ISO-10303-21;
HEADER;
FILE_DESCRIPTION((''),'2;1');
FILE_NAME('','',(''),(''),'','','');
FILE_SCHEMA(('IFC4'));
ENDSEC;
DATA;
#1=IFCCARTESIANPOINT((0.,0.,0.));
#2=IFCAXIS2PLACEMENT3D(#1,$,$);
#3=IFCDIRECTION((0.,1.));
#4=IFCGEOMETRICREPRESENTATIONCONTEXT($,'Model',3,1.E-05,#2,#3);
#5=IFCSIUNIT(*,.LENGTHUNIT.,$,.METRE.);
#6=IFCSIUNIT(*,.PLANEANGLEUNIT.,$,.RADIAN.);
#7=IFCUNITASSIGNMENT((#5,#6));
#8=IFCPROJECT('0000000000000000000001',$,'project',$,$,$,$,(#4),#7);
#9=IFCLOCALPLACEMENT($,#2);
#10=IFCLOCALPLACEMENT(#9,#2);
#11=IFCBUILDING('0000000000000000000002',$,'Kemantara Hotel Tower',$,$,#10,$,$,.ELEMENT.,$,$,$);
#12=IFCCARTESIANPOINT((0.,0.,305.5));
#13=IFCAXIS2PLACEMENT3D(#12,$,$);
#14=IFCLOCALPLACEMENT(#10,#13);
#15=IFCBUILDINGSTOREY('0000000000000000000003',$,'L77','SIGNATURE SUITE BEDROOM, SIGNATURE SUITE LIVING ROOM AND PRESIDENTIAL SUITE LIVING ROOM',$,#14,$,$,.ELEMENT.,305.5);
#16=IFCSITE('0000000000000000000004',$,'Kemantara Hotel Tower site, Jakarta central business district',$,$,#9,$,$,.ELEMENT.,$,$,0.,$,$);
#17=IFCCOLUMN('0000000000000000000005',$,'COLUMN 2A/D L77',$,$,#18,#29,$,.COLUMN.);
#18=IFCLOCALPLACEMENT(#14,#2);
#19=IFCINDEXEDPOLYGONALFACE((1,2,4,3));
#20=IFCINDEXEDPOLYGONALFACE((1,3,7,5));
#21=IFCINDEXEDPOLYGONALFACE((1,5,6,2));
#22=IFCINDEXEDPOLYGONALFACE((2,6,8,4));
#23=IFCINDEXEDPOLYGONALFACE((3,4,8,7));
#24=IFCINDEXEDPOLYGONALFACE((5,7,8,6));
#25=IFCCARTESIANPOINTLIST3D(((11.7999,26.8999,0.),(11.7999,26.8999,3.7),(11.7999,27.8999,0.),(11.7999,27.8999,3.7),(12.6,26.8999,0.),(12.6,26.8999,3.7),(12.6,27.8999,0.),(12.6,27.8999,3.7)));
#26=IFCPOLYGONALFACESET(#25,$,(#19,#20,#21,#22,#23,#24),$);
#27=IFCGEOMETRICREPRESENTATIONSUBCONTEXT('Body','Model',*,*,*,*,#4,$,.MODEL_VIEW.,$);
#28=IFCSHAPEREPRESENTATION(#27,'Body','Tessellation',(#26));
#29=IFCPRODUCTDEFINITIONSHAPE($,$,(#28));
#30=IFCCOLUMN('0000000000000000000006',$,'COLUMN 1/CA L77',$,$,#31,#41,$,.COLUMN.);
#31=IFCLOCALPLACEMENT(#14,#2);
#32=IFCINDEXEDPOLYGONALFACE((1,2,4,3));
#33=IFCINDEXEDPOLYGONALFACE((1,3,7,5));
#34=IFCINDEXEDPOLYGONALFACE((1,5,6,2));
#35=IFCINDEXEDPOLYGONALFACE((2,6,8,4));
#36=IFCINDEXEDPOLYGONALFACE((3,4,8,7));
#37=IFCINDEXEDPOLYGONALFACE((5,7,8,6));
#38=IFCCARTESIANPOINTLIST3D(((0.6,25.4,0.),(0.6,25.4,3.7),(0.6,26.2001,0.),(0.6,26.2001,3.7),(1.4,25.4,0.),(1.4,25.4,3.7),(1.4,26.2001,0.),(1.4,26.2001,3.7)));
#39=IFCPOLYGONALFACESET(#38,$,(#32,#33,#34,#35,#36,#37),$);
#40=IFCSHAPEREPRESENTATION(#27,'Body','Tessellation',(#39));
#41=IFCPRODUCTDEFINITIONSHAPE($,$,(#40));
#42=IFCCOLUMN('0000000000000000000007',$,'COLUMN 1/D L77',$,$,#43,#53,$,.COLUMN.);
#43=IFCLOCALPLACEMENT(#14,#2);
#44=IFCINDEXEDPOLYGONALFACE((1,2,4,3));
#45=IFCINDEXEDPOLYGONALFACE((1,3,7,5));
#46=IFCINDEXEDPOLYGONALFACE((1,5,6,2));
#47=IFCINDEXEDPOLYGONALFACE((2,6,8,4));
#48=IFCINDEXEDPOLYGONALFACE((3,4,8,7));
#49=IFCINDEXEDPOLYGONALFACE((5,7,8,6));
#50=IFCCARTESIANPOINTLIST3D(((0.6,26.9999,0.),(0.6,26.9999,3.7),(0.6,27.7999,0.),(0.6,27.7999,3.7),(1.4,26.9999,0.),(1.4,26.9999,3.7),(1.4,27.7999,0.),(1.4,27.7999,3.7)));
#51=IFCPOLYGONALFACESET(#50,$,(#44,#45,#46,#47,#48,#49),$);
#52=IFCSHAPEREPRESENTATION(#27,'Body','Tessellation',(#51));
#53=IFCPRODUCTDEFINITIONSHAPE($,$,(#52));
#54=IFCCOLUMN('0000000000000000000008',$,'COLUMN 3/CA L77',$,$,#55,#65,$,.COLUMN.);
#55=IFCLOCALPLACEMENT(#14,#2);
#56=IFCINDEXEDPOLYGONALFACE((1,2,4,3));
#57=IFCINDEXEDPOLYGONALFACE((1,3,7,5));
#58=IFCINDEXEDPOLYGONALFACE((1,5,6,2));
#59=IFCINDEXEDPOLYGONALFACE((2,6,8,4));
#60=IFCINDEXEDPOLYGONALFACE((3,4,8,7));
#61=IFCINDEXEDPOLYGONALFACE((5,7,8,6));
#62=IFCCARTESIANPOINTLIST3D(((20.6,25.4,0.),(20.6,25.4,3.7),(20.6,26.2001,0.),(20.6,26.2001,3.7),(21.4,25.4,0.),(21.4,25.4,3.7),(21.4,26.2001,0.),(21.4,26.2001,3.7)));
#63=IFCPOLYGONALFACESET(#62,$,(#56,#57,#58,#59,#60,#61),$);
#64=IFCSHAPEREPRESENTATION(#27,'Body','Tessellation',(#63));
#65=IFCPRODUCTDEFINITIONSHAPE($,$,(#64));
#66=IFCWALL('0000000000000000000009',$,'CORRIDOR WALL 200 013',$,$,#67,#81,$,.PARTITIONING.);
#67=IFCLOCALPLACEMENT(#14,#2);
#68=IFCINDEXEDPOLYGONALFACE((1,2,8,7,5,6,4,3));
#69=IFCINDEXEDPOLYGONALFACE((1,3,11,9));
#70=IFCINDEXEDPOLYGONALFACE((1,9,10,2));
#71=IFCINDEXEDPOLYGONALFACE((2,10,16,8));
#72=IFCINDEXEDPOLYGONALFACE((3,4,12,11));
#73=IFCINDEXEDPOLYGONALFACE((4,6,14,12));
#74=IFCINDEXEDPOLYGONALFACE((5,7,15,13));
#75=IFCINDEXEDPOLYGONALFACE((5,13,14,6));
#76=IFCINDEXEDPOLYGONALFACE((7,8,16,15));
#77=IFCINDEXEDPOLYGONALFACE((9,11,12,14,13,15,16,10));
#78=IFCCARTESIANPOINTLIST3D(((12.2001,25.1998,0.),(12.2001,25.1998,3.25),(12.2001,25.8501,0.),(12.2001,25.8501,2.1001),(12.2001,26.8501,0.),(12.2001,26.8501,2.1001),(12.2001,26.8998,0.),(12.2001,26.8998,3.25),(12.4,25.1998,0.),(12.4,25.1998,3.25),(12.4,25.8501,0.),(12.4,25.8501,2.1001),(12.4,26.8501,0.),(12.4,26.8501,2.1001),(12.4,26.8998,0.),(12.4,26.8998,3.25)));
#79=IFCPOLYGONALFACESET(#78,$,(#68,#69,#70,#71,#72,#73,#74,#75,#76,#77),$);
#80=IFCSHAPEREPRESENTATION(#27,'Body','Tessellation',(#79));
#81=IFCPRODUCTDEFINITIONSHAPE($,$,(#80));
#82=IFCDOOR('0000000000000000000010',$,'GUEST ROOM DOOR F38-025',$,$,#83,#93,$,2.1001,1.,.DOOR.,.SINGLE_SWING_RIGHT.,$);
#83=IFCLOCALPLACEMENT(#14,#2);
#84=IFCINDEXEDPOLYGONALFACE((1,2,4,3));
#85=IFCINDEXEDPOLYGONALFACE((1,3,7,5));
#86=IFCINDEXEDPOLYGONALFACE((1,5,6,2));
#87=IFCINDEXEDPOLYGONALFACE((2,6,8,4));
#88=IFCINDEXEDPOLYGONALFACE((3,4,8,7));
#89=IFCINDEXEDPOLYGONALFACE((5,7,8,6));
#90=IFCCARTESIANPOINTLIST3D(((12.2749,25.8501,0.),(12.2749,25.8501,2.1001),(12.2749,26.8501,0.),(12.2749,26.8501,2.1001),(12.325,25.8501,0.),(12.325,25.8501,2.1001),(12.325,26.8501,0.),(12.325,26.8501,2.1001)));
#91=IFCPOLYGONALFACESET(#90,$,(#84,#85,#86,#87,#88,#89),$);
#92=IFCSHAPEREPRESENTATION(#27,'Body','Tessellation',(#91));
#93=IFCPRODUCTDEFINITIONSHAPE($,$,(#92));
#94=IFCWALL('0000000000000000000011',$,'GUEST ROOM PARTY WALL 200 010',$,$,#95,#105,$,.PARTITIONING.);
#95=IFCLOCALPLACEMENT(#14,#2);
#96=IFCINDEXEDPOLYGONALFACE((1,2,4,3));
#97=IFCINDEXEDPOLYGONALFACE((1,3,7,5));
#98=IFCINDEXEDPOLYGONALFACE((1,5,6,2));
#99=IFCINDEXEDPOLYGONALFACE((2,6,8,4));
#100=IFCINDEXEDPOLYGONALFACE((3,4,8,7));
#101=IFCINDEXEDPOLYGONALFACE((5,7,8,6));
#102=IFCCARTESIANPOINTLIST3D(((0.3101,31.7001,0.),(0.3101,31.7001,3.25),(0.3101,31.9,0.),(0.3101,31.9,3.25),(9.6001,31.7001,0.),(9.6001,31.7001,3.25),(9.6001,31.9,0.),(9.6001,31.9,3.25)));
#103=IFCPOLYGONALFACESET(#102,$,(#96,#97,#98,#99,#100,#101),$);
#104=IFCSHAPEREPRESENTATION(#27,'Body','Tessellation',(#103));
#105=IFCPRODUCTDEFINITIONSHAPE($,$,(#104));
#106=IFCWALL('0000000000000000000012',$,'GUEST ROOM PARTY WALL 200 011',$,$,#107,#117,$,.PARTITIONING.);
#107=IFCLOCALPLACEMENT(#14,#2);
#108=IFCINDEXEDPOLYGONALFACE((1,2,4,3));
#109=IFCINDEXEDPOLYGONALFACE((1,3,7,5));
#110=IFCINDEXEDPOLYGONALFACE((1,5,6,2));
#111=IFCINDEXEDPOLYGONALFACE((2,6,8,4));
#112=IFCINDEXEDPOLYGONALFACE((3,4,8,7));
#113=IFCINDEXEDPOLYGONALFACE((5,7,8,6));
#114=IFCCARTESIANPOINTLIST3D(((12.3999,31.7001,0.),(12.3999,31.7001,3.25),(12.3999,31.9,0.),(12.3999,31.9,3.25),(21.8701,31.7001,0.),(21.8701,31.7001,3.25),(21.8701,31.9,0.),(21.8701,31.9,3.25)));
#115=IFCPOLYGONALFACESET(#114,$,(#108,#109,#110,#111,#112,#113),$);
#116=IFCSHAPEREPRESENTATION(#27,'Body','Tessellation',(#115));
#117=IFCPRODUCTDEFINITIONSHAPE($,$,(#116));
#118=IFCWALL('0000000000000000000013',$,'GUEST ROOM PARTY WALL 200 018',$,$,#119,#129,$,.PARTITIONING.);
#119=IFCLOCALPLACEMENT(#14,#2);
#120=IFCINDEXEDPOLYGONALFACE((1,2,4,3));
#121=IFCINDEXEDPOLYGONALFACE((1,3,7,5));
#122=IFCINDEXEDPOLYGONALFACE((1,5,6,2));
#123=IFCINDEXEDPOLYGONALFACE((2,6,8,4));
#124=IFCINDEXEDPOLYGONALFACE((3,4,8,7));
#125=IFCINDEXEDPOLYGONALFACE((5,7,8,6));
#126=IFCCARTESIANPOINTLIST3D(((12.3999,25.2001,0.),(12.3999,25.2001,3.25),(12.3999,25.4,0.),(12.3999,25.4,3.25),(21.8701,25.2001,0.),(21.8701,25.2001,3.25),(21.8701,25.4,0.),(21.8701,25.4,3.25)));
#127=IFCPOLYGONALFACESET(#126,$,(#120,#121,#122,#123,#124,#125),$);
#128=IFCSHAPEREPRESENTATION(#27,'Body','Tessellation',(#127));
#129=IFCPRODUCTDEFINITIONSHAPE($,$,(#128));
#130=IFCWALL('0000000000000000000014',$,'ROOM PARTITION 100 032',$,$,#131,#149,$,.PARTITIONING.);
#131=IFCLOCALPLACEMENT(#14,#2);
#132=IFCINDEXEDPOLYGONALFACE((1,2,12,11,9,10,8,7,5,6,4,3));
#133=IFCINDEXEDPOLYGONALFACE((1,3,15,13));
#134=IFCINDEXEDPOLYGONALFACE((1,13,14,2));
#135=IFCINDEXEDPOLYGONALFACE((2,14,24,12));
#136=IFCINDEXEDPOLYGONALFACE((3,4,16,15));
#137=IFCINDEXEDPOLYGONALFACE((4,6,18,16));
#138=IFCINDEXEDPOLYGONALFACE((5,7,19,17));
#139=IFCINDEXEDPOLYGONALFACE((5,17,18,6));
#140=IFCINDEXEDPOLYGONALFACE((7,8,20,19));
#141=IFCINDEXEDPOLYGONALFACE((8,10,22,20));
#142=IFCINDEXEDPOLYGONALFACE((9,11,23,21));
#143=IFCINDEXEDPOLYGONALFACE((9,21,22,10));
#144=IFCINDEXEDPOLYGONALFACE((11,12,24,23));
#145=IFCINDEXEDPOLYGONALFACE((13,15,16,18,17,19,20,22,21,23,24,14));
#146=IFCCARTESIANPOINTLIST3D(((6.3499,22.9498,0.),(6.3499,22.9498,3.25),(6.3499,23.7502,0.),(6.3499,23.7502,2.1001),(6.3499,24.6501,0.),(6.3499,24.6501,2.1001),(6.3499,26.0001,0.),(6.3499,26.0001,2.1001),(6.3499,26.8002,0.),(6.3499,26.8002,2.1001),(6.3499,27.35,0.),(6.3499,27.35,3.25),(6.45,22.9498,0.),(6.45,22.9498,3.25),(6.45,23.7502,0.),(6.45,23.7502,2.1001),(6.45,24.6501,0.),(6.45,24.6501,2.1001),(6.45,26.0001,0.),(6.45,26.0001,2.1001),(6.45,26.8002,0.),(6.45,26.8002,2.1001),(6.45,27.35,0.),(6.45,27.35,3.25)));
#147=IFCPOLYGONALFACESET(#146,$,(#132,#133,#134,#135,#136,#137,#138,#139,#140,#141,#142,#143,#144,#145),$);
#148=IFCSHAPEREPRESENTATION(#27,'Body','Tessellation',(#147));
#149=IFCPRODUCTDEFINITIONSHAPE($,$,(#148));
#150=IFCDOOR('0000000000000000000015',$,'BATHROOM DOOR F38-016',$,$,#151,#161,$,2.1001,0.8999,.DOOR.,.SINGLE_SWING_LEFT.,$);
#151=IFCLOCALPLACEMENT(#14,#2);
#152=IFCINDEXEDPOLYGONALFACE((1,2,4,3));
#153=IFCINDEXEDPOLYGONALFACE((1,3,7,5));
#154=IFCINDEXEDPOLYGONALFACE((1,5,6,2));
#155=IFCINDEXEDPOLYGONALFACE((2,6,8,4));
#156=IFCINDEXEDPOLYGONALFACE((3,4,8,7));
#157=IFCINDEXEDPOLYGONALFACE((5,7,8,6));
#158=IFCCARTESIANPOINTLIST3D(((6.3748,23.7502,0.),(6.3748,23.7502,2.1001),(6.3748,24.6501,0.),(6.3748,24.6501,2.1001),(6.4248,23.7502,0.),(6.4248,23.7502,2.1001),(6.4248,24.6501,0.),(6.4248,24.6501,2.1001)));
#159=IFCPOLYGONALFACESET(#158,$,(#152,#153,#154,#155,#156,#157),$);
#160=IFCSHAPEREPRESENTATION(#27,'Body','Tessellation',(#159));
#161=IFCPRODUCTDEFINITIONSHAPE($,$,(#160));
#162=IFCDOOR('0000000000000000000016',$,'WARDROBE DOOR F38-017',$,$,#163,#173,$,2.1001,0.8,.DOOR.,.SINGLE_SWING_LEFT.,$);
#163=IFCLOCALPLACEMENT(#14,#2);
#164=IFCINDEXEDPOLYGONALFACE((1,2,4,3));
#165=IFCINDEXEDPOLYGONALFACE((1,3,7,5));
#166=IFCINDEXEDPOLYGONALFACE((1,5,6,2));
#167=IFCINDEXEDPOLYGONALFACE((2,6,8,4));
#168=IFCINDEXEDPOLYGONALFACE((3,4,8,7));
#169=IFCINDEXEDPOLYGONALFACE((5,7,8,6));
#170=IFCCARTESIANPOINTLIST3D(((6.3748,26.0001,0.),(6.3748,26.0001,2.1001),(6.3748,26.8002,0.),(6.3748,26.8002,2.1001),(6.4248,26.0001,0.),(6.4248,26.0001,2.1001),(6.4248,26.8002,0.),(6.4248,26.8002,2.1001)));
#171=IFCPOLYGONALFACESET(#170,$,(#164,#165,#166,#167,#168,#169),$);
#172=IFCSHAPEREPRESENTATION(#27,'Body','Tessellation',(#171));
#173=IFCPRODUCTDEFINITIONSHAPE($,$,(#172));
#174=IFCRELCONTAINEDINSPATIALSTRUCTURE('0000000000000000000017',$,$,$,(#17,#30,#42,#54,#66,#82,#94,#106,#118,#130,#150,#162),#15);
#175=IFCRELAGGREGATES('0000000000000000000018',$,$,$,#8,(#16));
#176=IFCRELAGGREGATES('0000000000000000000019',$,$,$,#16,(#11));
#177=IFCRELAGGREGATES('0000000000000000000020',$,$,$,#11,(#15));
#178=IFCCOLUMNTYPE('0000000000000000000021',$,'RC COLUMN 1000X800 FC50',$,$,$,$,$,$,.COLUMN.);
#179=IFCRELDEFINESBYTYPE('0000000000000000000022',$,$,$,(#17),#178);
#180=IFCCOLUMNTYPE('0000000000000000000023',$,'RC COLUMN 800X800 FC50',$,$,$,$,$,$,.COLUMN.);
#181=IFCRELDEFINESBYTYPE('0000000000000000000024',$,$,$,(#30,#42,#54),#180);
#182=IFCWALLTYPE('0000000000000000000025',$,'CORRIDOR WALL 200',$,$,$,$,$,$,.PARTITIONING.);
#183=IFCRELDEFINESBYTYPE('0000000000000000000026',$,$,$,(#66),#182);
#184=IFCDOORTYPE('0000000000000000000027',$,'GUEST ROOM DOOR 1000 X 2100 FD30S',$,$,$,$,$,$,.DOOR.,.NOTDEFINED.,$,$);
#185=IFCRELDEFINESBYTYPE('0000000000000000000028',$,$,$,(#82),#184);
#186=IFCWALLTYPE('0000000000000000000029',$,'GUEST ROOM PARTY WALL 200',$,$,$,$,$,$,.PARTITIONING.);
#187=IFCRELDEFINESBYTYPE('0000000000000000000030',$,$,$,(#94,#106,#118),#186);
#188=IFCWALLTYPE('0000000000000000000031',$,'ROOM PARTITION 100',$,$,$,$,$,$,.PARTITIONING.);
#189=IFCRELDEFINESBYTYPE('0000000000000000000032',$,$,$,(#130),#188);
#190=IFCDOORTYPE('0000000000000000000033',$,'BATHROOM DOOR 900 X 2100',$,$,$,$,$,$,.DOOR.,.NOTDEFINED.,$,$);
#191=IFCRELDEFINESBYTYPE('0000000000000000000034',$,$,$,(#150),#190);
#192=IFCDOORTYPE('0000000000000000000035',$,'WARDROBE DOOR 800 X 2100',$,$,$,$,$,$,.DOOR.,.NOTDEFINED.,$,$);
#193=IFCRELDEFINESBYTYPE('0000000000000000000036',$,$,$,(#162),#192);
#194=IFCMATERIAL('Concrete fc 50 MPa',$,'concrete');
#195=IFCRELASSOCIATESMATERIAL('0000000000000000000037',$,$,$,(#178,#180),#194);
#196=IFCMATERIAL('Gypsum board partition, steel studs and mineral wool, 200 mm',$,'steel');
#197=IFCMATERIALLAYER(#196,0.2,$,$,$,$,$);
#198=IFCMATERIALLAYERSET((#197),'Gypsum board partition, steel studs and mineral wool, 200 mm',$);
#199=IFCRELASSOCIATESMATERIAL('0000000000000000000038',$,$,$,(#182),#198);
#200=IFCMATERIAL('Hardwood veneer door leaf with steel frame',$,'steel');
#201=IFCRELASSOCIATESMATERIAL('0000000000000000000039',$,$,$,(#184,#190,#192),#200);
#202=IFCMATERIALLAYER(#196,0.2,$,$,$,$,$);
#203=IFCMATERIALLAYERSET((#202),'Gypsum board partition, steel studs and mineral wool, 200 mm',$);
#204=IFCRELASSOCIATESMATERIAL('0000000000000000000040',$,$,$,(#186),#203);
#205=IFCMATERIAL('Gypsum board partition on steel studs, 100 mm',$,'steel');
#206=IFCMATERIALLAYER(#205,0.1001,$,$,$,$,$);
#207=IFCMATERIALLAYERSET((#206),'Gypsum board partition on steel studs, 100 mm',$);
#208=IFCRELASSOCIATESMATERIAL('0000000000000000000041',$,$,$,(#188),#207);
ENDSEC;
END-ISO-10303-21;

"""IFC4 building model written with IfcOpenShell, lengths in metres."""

from ifc_helpers import new_model, si_unit, direction, frame, frame_2d, origin, origin_2d, place, context, subcontext, project, spatial, rectangle, extrude, material, layer, layer_set, material_profile, profile_set, type_object, element, fill, save


model = new_model("IFC4")

# Units and contexts
model_context = context("Model", 3, precision=1e-05, world=origin(), true_north=direction((0.0, 1.0)))
body_context = subcontext(model_context, "Body", "Model", "MODEL_VIEW")
ifc_project = project(units=[si_unit("LENGTHUNIT", "METRE"), si_unit("PLANEANGLEUNIT", "RADIAN")], contexts=[model_context])

# Site, building, storey
site_placement = place(None, origin())
site = spatial("IfcSite", under=ifc_project, at=site_placement, Name="Kemantara Hotel Tower site, Jakarta central business district", CompositionType="ELEMENT", RefElevation=0.0)
building_placement = place(site_placement, origin())
building = spatial("IfcBuilding", under=site, at=building_placement, Name="Kemantara Hotel Tower", CompositionType="ELEMENT")
storey_placement = place(building_placement, frame((0.0, 0.0, 305.5)))
storey = spatial("IfcBuildingStorey", under=building, at=storey_placement, Name="L77", Description="SIGNATURE SUITE BEDROOM, SIGNATURE SUITE LIVING ROOM AND PRESIDENTIAL SUITE LIVING ROOM", CompositionType="ELEMENT", Elevation=305.5)

# Columns
ifc_material_1 = material(Name="Concrete fc 50 MPa", Category="concrete")
ifc_material_profile_1 = material_profile(ifc_material_1, rectangle(XDim=1.0, YDim=0.8, at=origin_2d()), Name="RC 1000X800")
ifc_profile_set_1 = profile_set([ifc_material_profile_1], Name="Concrete fc 50 MPa")
column_type_1 = type_object("IfcColumnType", Name="RC COLUMN 1000X800 FC50", PredefinedType="COLUMN", material=ifc_profile_set_1)
column_placement = place(storey_placement, frame((12.2, 27.3999, 0.0), z_axis=(0.0, 0.0, 1.0), x_axis=(0.0, 1.0, 0.0)))
element("IfcColumn", 1, at=column_placement, inside=storey, type_object=column_type_1, Name="COLUMN 2A/D L77", PredefinedType="COLUMN", context=body_context, shape_type="SweptSolid", body=[
    extrude(rectangle(XDim=1.0, YDim=0.8, at=origin_2d()), origin(), (0.0, 0.0, 1.0), 3.7),
])
ifc_material_profile_2 = material_profile(ifc_material_1, rectangle(XDim=0.8, YDim=0.8, at=origin_2d()), Name="RC 800X800")
ifc_profile_set_2 = profile_set([ifc_material_profile_2], Name="Concrete fc 50 MPa")
column_type_2 = type_object("IfcColumnType", Name="RC COLUMN 800X800 FC50", PredefinedType="COLUMN", material=ifc_profile_set_2)
for number, where, z_axis, x_axis, name in (
    (2, (1.0, 25.8, 0.0), (0.0, 0.0, 1.0), (1.0, 0.0, 0.0), "COLUMN 1/CA L77"),
    (3, (1.0, 27.3999, 0.0), (0.0, 0.0, 1.0), (1.0, 0.0, 0.0), "COLUMN 1/D L77"),
    (4, (21.0, 25.8, 0.0), (0.0, 0.0, 1.0), (1.0, 0.0, 0.0), "COLUMN 3/CA L77"),
):
    element("IfcColumn", number, at=place(storey_placement, frame(where, z_axis=z_axis, x_axis=x_axis)), inside=storey, type_object=column_type_2, Name=name, PredefinedType="COLUMN", context=body_context, shape_type="SweptSolid", body=[
        extrude(rectangle(XDim=0.8, YDim=0.8, at=origin_2d()), origin(), (0.0, 0.0, 1.0), 3.7),
    ])

# Wall, opening, door
ifc_material_2 = material(Name="Gypsum board partition, steel studs and mineral wool, 200 mm", Category="steel")
ifc_layer_1 = layer(ifc_material_2, 0.2)
ifc_layer_set_1 = layer_set([ifc_layer_1], Name="Gypsum board partition, steel studs and mineral wool, 200 mm")
wall_type_1 = type_object("IfcWallType", Name="CORRIDOR WALL 200", PredefinedType="PARTITIONING", material=ifc_layer_set_1)
wall_1_placement = place(storey_placement, frame((12.3, 26.8999, 0.0), z_axis=(0.0, 0.0, 1.0), x_axis=(0.0, -1.0, 0.0)))
wall_1 = element("IfcWall", 5, at=wall_1_placement, inside=storey, type_object=wall_type_1, Name="CORRIDOR WALL 200 013", PredefinedType="PARTITIONING", context=body_context, shape_type="SweptSolid", body=[
    extrude(rectangle(XDim=1.7, YDim=0.2, at=frame_2d((0.8501, 0.0))), origin(), (0.0, 0.0, 1.0), 3.25),
])
opening_1_placement = place(wall_1_placement, frame((0.0498, 0.0, 0.0)))
opening_1 = element("IfcOpeningElement", 6, at=opening_1_placement, cuts=wall_1, PredefinedType="OPENING", context=body_context, shape_type="SweptSolid", body=[
    extrude(rectangle(XDim=1.0, YDim=2.1001, at=frame_2d((0.5, 1.05))), frame((0.0, 0.1099, 0.0), z_axis=(0.0, -1.0, 0.0), x_axis=(1.0, 0.0, 0.0)), (0.0, 0.0, 1.0), 0.22),
])
ifc_material_3 = material(Name="Hardwood veneer door leaf with steel frame", Category="steel")
door_type_1 = type_object("IfcDoorType", Name="GUEST ROOM DOOR 1000 X 2100 FD30S", OperationType="NOTDEFINED", PredefinedType="DOOR", material=ifc_material_3)
door_1_placement = place(opening_1_placement, origin())
door_1 = element("IfcDoor", 7, at=door_1_placement, inside=storey, type_object=door_type_1, Name="GUEST ROOM DOOR F38-025", OperationType="SINGLE_SWING_RIGHT", OverallHeight=2.1001, OverallWidth=1.0, PredefinedType="DOOR", context=body_context, shape_type="SweptSolid", body=[
    extrude(rectangle(XDim=1.0, YDim=2.1001, at=frame_2d((0.5, 1.05))), frame((0.0, 0.0249, 0.0), z_axis=(0.0, -1.0, 0.0), x_axis=(1.0, 0.0, 0.0)), (0.0, 0.0, 1.0), 0.05),
])
fill(opening_1, door_1)

# Walls
ifc_layer_2 = layer(ifc_material_2, 0.2)
ifc_layer_set_2 = layer_set([ifc_layer_2], Name="Gypsum board partition, steel studs and mineral wool, 200 mm")
wall_type_2 = type_object("IfcWallType", Name="GUEST ROOM PARTY WALL 200", PredefinedType="PARTITIONING", material=ifc_layer_set_2)
wall_2_placement = place(storey_placement, frame((0.3101, 31.8, 0.0), z_axis=(0.0, 0.0, 1.0), x_axis=(1.0, 0.0, 0.0)))
element("IfcWall", 8, at=wall_2_placement, inside=storey, type_object=wall_type_2, Name="GUEST ROOM PARTY WALL 200 010", PredefinedType="PARTITIONING", context=body_context, shape_type="SweptSolid", body=[
    extrude(rectangle(XDim=9.29, YDim=0.2, at=frame_2d((4.645, 0.0))), origin(), (0.0, 0.0, 1.0), 3.25),
])
for number, where, z_axis, x_axis, name in (
    (9, (12.3999, 31.8, 0.0), (0.0, 0.0, 1.0), (1.0, 0.0, 0.0), "GUEST ROOM PARTY WALL 200 011"),
    (10, (12.3999, 25.3, 0.0), (0.0, 0.0, 1.0), (1.0, 0.0, 0.0), "GUEST ROOM PARTY WALL 200 018"),
):
    element("IfcWall", number, at=place(storey_placement, frame(where, z_axis=z_axis, x_axis=x_axis)), inside=storey, type_object=wall_type_2, Name=name, PredefinedType="PARTITIONING", context=body_context, shape_type="SweptSolid", body=[
        extrude(rectangle(XDim=9.4702, YDim=0.2, at=frame_2d((4.7351, 0.0))), origin(), (0.0, 0.0, 1.0), 3.25),
    ])

# Wall, openings, doors
ifc_material_4 = material(Name="Gypsum board partition on steel studs, 100 mm", Category="steel")
ifc_layer_3 = layer(ifc_material_4, 0.1001)
ifc_layer_set_3 = layer_set([ifc_layer_3], Name="Gypsum board partition on steel studs, 100 mm")
wall_type_3 = type_object("IfcWallType", Name="ROOM PARTITION 100", PredefinedType="PARTITIONING", material=ifc_layer_set_3)
wall_3_placement = place(storey_placement, frame((6.3999, 27.3501, 0.0), z_axis=(0.0, 0.0, 1.0), x_axis=(0.0, -1.0, 0.0)))
wall_3 = element("IfcWall", 11, at=wall_3_placement, inside=storey, type_object=wall_type_3, Name="ROOM PARTITION 100 032", PredefinedType="PARTITIONING", context=body_context, shape_type="SweptSolid", body=[
    extrude(rectangle(XDim=4.4001, YDim=0.1001, at=frame_2d((2.2002, 0.0))), origin(), (0.0, 0.0, 1.0), 3.25),
])
opening_2_placement = place(wall_3_placement, frame((2.7, 0.0, 0.0)))
opening_2 = element("IfcOpeningElement", 12, at=opening_2_placement, cuts=wall_3, PredefinedType="OPENING", context=body_context, shape_type="SweptSolid", body=[
    extrude(rectangle(XDim=0.8999, YDim=2.1001, at=frame_2d((0.45, 1.05))), frame((0.0, 0.0601, 0.0), z_axis=(0.0, -1.0, 0.0), x_axis=(1.0, 0.0, 0.0)), (0.0, 0.0, 1.0), 0.1201),
])
opening_3_placement = place(wall_3_placement, frame((0.55, 0.0, 0.0)))
opening_3 = element("IfcOpeningElement", 13, at=opening_3_placement, cuts=wall_3, PredefinedType="OPENING", context=body_context, shape_type="SweptSolid", body=[
    extrude(rectangle(XDim=0.8, YDim=2.1001, at=frame_2d((0.3999, 1.05))), frame((0.0, 0.0601, 0.0), z_axis=(0.0, -1.0, 0.0), x_axis=(1.0, 0.0, 0.0)), (0.0, 0.0, 1.0), 0.1201),
])
door_type_2 = type_object("IfcDoorType", Name="BATHROOM DOOR 900 X 2100", OperationType="NOTDEFINED", PredefinedType="DOOR", material=ifc_material_3)
door_2_placement = place(opening_2_placement, origin())
door_2 = element("IfcDoor", 14, at=door_2_placement, inside=storey, type_object=door_type_2, Name="BATHROOM DOOR F38-016", OperationType="SINGLE_SWING_LEFT", OverallHeight=2.1001, OverallWidth=0.8999, PredefinedType="DOOR", context=body_context, shape_type="SweptSolid", body=[
    extrude(rectangle(XDim=0.8999, YDim=2.1001, at=frame_2d((0.45, 1.05))), frame((0.0, 0.0249, 0.0), z_axis=(0.0, -1.0, 0.0), x_axis=(1.0, 0.0, 0.0)), (0.0, 0.0, 1.0), 0.05),
])
fill(opening_2, door_2)
door_type_3 = type_object("IfcDoorType", Name="WARDROBE DOOR 800 X 2100", OperationType="NOTDEFINED", PredefinedType="DOOR", material=ifc_material_3)
door_3_placement = place(opening_3_placement, origin())
door_3 = element("IfcDoor", 15, at=door_3_placement, inside=storey, type_object=door_type_3, Name="WARDROBE DOOR F38-017", OperationType="SINGLE_SWING_LEFT", OverallHeight=2.1001, OverallWidth=0.8, PredefinedType="DOOR", context=body_context, shape_type="SweptSolid", body=[
    extrude(rectangle(XDim=0.8, YDim=2.1001, at=frame_2d((0.3999, 1.05))), frame((0.0, 0.0249, 0.0), z_axis=(0.0, -1.0, 0.0), x_axis=(1.0, 0.0, 0.0)), (0.0, 0.0, 1.0), 0.05),
])
fill(opening_3, door_3)

save(model, "model.ifc")
